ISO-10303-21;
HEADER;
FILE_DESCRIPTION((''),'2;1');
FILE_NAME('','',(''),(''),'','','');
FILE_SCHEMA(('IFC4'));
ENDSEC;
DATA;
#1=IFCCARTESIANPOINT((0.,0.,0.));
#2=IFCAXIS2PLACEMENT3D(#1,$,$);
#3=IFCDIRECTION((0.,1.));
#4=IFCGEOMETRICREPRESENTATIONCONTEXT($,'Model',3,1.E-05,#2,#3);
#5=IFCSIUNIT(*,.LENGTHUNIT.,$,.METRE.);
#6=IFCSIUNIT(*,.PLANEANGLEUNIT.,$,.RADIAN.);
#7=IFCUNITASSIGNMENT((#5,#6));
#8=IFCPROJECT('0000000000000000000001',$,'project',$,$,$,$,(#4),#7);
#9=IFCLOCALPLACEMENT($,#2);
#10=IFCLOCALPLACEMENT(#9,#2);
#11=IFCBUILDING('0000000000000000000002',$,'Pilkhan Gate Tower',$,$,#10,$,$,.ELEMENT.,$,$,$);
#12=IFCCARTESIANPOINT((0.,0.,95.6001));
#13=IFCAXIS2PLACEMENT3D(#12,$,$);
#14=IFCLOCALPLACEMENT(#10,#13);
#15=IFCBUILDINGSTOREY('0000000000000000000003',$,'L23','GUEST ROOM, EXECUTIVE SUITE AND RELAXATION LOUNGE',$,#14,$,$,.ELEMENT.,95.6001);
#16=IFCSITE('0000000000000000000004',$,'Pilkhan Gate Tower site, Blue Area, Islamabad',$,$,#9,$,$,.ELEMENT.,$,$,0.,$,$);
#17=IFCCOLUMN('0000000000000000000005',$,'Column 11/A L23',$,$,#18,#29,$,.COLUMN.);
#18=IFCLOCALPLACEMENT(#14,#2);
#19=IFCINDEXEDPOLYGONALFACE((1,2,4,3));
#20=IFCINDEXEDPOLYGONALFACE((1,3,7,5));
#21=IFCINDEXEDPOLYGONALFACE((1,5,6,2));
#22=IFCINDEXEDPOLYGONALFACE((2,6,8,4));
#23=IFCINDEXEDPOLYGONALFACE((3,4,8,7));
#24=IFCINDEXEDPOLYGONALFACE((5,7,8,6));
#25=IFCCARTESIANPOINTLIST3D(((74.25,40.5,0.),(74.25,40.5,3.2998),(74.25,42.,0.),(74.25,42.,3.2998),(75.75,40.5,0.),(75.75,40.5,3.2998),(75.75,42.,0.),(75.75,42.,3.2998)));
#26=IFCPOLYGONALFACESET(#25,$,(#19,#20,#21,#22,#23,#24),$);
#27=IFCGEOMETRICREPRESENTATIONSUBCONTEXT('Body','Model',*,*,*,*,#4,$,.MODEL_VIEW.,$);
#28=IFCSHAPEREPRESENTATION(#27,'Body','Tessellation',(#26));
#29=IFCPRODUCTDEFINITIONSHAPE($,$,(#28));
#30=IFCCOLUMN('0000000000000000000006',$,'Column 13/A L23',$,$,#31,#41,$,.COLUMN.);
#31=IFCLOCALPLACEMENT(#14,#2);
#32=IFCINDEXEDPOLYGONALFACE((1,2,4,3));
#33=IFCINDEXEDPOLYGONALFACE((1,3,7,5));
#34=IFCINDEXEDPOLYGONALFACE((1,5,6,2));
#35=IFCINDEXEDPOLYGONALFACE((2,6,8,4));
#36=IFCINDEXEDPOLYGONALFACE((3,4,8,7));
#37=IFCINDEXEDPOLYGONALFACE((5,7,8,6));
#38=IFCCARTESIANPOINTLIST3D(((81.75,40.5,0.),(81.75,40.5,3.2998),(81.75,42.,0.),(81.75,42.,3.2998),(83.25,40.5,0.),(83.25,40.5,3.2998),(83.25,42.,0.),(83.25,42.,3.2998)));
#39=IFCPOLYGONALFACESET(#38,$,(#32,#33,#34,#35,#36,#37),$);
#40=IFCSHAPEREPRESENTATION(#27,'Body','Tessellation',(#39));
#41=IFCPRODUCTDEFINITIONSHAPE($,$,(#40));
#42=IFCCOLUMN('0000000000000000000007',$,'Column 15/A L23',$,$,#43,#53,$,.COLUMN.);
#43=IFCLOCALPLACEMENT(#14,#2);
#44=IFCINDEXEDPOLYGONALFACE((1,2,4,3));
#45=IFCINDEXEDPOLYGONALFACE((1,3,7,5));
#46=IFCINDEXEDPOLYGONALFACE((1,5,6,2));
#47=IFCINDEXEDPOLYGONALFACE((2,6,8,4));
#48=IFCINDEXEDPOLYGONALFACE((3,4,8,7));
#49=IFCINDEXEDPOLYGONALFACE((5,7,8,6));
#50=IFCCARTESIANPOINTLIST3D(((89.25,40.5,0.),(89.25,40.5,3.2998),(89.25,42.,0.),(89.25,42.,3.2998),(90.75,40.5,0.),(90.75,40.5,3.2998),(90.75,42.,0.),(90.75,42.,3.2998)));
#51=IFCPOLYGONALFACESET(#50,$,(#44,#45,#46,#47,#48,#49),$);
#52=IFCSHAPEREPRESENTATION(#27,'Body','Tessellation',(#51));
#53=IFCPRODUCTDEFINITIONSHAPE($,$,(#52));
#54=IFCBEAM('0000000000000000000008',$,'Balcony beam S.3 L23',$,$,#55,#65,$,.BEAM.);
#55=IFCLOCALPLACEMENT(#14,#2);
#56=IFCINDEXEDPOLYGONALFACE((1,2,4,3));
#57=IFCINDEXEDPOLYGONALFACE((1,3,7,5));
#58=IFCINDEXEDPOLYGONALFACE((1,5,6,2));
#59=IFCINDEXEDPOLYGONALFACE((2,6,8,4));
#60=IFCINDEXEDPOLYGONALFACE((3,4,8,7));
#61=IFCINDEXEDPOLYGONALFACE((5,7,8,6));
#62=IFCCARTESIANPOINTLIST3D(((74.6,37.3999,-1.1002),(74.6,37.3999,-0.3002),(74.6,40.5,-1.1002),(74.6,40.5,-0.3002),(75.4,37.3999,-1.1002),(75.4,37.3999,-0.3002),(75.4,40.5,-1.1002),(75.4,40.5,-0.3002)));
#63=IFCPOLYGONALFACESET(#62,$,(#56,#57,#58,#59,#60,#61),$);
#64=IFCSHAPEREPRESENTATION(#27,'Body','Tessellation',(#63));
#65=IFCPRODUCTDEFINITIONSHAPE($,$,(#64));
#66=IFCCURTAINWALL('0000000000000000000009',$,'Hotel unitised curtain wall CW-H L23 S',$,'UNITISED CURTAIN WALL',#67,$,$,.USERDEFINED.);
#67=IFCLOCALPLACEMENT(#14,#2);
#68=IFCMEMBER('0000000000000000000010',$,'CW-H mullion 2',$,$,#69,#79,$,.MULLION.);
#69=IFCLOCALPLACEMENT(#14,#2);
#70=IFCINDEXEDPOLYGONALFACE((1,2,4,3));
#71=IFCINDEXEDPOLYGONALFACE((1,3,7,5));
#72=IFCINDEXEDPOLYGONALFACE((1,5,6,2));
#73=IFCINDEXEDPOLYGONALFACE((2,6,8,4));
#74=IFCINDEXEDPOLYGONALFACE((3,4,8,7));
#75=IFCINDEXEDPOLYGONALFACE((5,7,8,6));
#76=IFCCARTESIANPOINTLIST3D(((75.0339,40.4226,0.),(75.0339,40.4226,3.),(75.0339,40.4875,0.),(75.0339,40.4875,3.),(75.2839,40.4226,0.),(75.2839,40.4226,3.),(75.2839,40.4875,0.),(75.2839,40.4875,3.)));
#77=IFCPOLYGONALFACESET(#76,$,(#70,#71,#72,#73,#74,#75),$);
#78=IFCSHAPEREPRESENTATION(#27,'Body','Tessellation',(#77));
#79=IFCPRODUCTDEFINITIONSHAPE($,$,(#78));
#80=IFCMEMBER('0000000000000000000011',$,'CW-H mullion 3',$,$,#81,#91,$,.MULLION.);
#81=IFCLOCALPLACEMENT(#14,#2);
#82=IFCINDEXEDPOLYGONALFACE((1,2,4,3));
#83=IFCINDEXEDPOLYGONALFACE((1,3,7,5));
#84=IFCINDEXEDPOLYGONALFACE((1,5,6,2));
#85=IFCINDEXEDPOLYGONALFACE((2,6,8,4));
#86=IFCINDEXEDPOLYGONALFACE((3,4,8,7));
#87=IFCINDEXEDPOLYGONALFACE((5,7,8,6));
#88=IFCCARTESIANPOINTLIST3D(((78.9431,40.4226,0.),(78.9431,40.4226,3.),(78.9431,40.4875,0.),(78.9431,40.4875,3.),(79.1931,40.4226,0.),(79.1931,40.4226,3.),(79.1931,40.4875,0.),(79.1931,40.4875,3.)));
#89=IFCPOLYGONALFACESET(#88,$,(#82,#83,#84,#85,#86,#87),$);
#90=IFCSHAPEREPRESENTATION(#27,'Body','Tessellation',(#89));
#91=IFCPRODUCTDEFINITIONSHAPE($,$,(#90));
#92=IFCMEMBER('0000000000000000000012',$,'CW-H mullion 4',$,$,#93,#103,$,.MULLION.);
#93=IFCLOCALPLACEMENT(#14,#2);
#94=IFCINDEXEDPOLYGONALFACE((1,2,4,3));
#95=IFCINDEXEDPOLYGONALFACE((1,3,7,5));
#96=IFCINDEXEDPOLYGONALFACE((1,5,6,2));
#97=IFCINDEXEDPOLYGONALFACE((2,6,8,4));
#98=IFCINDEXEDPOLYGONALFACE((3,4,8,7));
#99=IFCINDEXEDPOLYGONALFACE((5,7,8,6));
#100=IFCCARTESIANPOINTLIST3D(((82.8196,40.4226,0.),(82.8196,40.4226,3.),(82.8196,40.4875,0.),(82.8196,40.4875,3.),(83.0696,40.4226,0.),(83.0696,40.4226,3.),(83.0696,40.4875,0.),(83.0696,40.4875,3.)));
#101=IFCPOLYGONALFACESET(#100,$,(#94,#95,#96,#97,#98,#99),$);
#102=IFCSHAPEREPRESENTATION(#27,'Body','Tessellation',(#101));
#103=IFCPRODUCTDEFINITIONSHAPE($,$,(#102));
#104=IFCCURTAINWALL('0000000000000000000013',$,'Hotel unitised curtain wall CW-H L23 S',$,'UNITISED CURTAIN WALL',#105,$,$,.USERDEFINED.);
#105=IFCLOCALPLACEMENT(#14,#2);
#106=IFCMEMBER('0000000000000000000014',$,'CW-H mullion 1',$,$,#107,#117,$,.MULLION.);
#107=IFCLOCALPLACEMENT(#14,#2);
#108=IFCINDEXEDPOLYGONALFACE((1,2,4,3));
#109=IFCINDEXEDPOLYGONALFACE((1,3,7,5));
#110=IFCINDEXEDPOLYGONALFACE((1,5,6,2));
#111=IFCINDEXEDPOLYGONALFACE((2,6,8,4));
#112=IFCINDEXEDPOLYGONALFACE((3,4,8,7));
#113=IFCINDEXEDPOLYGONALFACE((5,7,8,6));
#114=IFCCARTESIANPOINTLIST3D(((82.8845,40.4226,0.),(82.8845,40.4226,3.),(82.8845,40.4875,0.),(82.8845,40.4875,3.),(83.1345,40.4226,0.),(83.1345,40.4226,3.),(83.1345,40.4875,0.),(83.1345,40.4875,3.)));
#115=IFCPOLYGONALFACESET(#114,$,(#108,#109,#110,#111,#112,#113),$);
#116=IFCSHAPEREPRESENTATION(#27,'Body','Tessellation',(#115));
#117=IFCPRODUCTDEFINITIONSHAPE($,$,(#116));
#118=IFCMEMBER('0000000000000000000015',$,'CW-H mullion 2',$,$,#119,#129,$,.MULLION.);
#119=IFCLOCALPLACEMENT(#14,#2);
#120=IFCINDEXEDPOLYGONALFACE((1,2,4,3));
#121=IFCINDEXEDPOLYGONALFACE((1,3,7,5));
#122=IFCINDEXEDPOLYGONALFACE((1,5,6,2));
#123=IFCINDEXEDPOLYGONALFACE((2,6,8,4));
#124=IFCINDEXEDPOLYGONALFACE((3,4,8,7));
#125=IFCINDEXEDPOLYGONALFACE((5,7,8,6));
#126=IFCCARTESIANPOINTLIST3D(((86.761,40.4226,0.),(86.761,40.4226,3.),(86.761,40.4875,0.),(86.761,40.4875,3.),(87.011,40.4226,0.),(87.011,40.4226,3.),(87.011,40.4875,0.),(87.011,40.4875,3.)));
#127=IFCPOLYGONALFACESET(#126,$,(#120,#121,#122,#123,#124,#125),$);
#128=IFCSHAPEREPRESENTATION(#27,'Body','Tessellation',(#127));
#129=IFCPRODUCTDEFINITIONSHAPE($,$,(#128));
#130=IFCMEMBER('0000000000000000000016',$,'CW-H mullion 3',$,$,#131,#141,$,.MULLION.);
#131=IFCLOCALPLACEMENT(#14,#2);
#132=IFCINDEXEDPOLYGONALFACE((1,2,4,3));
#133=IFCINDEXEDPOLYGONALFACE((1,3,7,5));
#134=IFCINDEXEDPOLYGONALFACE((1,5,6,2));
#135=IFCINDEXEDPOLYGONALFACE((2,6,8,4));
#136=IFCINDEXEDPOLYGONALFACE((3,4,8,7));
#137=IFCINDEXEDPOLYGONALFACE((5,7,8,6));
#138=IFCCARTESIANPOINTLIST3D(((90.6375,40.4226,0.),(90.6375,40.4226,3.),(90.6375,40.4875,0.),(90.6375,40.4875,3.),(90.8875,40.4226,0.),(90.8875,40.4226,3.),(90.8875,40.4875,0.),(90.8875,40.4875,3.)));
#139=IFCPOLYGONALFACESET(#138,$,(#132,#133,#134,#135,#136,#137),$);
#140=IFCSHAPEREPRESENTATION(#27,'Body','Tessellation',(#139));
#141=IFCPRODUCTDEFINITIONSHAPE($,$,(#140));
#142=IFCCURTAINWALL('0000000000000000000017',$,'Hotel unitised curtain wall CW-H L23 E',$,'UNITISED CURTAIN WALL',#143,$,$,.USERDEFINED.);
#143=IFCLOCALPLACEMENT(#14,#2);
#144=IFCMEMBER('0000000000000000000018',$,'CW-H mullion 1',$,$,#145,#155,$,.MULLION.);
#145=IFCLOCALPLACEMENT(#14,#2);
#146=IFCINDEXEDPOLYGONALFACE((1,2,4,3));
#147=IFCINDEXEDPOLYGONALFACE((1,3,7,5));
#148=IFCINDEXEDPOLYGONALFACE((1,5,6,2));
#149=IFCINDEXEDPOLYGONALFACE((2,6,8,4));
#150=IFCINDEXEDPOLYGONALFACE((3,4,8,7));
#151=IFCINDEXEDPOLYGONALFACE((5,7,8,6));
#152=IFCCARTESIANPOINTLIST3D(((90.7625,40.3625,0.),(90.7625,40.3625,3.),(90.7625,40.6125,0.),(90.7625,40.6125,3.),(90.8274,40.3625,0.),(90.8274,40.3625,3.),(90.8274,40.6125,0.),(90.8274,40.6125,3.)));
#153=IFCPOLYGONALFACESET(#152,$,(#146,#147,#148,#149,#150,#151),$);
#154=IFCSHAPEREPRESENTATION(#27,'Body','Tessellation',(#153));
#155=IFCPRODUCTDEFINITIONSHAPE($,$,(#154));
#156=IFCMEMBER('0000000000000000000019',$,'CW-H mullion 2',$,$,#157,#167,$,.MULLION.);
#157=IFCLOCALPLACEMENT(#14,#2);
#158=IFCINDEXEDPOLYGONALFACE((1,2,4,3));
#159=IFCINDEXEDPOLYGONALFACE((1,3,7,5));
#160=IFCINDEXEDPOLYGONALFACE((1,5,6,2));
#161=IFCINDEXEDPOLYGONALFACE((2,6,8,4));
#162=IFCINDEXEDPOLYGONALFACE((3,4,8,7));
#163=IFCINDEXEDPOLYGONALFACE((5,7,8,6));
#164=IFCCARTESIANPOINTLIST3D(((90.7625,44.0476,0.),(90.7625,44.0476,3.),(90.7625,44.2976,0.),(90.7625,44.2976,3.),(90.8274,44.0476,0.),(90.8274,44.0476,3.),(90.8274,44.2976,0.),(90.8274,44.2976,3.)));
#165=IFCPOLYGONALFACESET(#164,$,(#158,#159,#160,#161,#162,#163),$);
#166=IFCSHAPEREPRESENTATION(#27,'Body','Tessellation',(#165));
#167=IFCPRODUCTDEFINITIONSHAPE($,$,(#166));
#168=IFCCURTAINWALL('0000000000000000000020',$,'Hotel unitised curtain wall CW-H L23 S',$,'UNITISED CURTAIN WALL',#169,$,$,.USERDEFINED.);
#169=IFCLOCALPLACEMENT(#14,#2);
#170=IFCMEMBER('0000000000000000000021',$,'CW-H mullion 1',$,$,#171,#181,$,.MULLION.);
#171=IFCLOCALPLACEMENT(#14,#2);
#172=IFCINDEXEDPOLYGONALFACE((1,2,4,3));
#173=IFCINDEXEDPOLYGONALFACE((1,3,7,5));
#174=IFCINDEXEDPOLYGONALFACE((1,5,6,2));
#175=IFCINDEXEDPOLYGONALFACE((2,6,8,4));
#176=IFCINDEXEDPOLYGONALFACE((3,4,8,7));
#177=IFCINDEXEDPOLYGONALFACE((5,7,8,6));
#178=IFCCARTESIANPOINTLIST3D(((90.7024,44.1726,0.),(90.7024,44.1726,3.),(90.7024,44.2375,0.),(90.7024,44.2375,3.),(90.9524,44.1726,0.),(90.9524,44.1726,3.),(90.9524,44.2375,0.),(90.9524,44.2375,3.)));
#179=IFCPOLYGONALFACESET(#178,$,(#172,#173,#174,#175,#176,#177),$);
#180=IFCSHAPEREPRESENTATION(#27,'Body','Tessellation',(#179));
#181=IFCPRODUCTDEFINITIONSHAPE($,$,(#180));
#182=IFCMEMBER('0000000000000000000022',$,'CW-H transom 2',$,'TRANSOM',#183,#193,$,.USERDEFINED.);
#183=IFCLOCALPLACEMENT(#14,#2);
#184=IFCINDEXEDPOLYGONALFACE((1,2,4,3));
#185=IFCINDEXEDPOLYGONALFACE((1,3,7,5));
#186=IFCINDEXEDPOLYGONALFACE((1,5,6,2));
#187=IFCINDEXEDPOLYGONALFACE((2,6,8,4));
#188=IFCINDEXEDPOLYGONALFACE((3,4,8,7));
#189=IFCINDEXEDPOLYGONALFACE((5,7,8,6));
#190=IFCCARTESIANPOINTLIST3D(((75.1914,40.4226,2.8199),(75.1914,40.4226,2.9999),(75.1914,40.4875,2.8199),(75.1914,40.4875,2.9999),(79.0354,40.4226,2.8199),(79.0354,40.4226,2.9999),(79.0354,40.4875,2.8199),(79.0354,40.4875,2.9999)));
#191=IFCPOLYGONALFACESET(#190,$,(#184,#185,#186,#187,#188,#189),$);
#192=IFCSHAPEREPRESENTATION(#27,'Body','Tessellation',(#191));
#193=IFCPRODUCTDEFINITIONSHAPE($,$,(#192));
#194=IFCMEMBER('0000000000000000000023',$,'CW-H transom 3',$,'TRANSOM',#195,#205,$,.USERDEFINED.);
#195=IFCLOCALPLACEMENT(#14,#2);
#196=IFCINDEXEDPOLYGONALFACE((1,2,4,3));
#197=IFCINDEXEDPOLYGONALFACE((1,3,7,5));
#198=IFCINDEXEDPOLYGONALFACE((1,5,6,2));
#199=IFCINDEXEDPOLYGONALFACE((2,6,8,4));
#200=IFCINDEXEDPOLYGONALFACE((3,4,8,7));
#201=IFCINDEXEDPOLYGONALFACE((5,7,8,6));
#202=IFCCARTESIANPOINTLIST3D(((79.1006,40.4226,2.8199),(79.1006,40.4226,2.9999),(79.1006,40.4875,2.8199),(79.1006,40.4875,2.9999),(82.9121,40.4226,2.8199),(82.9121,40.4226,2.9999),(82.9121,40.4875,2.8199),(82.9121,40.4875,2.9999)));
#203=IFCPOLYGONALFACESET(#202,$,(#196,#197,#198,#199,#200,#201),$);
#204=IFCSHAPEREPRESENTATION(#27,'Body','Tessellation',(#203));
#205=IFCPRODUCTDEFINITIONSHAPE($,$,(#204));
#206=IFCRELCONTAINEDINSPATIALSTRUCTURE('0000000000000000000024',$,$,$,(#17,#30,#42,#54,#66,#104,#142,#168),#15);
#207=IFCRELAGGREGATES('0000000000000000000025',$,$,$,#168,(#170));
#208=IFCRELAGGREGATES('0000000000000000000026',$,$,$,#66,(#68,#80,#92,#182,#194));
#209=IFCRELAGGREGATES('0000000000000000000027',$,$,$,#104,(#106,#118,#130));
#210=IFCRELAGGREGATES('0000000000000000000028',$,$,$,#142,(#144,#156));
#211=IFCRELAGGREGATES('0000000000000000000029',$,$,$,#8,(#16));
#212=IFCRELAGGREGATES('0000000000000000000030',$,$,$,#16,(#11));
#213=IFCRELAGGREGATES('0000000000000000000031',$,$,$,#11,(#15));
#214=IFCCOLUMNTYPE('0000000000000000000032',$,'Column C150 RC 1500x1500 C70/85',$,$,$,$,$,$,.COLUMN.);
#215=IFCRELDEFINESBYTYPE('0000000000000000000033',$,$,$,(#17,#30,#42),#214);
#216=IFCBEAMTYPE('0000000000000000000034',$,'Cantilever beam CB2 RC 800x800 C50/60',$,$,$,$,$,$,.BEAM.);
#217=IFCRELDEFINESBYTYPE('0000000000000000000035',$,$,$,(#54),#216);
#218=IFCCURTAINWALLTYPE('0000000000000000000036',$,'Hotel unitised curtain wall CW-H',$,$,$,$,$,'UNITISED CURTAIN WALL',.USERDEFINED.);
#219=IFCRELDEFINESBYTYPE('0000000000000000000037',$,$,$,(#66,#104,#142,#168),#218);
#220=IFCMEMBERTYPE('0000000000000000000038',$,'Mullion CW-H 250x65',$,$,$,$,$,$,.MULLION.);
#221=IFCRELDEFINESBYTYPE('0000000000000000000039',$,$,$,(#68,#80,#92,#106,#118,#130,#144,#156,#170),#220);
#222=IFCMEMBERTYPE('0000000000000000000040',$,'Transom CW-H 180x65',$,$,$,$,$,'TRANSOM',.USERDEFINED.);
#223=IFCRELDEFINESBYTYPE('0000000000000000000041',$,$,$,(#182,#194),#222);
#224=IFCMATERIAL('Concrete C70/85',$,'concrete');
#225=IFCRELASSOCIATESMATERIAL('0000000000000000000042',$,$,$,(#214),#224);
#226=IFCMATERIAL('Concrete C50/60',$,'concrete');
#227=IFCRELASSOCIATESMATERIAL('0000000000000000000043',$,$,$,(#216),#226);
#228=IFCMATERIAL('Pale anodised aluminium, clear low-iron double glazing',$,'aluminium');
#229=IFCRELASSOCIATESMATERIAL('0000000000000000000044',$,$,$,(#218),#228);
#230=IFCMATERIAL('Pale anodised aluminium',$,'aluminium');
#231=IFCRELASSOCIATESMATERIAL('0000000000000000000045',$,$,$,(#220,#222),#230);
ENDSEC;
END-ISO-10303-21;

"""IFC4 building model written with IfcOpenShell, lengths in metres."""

from ifc_helpers import new_model, si_unit, direction, frame, origin, origin_2d, place, context, subcontext, project, spatial, rectangle, extrude, material, material_profile, profile_set, type_object, element, aggregate, save


model = new_model("IFC4")

# Units and contexts
model_context = context("Model", 3, precision=1e-05, world=origin(), true_north=direction((0.0, 1.0)))
body_context = subcontext(model_context, "Body", "Model", "MODEL_VIEW")
ifc_project = project(units=[si_unit("LENGTHUNIT", "METRE"), si_unit("PLANEANGLEUNIT", "RADIAN")], contexts=[model_context])

# Site, building, storey
site_placement = place(None, origin())
site = spatial("IfcSite", under=ifc_project, at=site_placement, Name="Pilkhan Gate Tower site, Blue Area, Islamabad", CompositionType="ELEMENT", RefElevation=0.0)
building_placement = place(site_placement, origin())
building = spatial("IfcBuilding", under=site, at=building_placement, Name="Pilkhan Gate Tower", CompositionType="ELEMENT")
storey_placement = place(building_placement, frame((0.0, 0.0, 95.6001)))
storey = spatial("IfcBuildingStorey", under=building, at=storey_placement, Name="L23", Description="GUEST ROOM, EXECUTIVE SUITE AND RELAXATION LOUNGE", CompositionType="ELEMENT", Elevation=95.6001)

# Columns
ifc_material_1 = material(Name="Concrete C70/85", Category="concrete")
ifc_material_profile_1 = material_profile(ifc_material_1, rectangle(XDim=1.5, YDim=1.5, at=origin_2d()), Name="RC 1500x1500")
ifc_profile_set_1 = profile_set([ifc_material_profile_1], Name="Concrete C70/85")
column_type = type_object("IfcColumnType", Name="Column C150 RC 1500x1500 C70/85", PredefinedType="COLUMN", material=ifc_profile_set_1)
for number, where, z_axis, x_axis, name in (
    (1, (75.0, 41.25, 0.0), (0.0, 0.0, 1.0), (1.0, 0.0, 0.0), "Column 11/A L23"),
    (2, (82.5, 41.25, 0.0), (0.0, 0.0, 1.0), (1.0, 0.0, 0.0), "Column 13/A L23"),
    (3, (90.0, 41.25, 0.0), (0.0, 0.0, 1.0), (1.0, 0.0, 0.0), "Column 15/A L23"),
):
    element("IfcColumn", number, at=place(storey_placement, frame(where, z_axis=z_axis, x_axis=x_axis)), inside=storey, type_object=column_type, Name=name, PredefinedType="COLUMN", context=body_context, shape_type="SweptSolid", body=[
        extrude(rectangle(XDim=1.5, YDim=1.5, at=origin_2d()), origin(), (0.0, 0.0, 1.0), 3.2998),
    ])

# Beam
ifc_material_2 = material(Name="Concrete C50/60", Category="concrete")
ifc_material_profile_2 = material_profile(ifc_material_2, rectangle(XDim=0.8, YDim=0.8, at=origin_2d()), Name="RC 800x800")
ifc_profile_set_2 = profile_set([ifc_material_profile_2], Name="Concrete C50/60")
beam_type = type_object("IfcBeamType", Name="Cantilever beam CB2 RC 800x800 C50/60", PredefinedType="BEAM", material=ifc_profile_set_2)
beam_placement = place(storey_placement, frame((75.0, 40.5, -0.7002), z_axis=(0.0, -1.0, 0.0), x_axis=(1.0, 0.0, 0.0)))
element("IfcBeam", 4, at=beam_placement, inside=storey, type_object=beam_type, Name="Balcony beam S.3 L23", PredefinedType="BEAM", context=body_context, shape_type="SweptSolid", body=[
    extrude(rectangle(XDim=0.8, YDim=0.8, at=origin_2d()), origin(), (0.0, 0.0, 1.0), 3.1001),
])

# Curtain walls, members
ifc_material_3 = material(Name="Pale anodised aluminium, clear low-iron double glazing", Category="aluminium")
curtain_wall_type = type_object("IfcCurtainWallType", Name="Hotel unitised curtain wall CW-H", ElementType="UNITISED CURTAIN WALL", PredefinedType="USERDEFINED", material=ifc_material_3)
curtain_wall_1_placement = place(storey_placement, origin())
curtain_wall_1 = element("IfcCurtainWall", 5, at=curtain_wall_1_placement, inside=storey, type_object=curtain_wall_type, Name="Hotel unitised curtain wall CW-H L23 S", ObjectType="UNITISED CURTAIN WALL", PredefinedType="USERDEFINED")
ifc_material_4 = material(Name="Pale anodised aluminium", Category="aluminium")
ifc_material_profile_3 = material_profile(ifc_material_4, rectangle(XDim=0.0649, YDim=0.25, at=origin_2d()), Name="Mullion 250x65")
ifc_profile_set_3 = profile_set([ifc_material_profile_3], Name="Pale anodised aluminium")
member_type_1 = type_object("IfcMemberType", Name="Mullion CW-H 250x65", PredefinedType="MULLION", material=ifc_profile_set_3)
member_1_placement = place(storey_placement, frame((75.1589, 40.4551, 0.0), z_axis=(0.0, 0.0, 1.0), x_axis=(0.0, 1.0, 0.0)))
member_1 = element("IfcMember", 6, at=member_1_placement, type_object=member_type_1, Name="CW-H mullion 2", PredefinedType="MULLION", context=body_context, shape_type="SweptSolid", body=[
    extrude(rectangle(XDim=0.0649, YDim=0.25, at=origin_2d()), origin(), (0.0, 0.0, 1.0), 3.0),
])
member_2_placement = place(storey_placement, frame((79.0681, 40.4551, 0.0), z_axis=(0.0, 0.0, 1.0), x_axis=(0.0, 1.0, 0.0)))
member_2 = element("IfcMember", 7, at=member_2_placement, type_object=member_type_1, Name="CW-H mullion 3", PredefinedType="MULLION", context=body_context, shape_type="SweptSolid", body=[
    extrude(rectangle(XDim=0.0649, YDim=0.25, at=origin_2d()), origin(), (0.0, 0.0, 1.0), 3.0),
])
member_3_placement = place(storey_placement, frame((82.9446, 40.4551, 0.0), z_axis=(0.0, 0.0, 1.0), x_axis=(0.0, 1.0, 0.0)))
member_3 = element("IfcMember", 8, at=member_3_placement, type_object=member_type_1, Name="CW-H mullion 4", PredefinedType="MULLION", context=body_context, shape_type="SweptSolid", body=[
    extrude(rectangle(XDim=0.0649, YDim=0.25, at=origin_2d()), origin(), (0.0, 0.0, 1.0), 3.0),
])
curtain_wall_2_placement = place(storey_placement, origin())
curtain_wall_2 = element("IfcCurtainWall", 9, at=curtain_wall_2_placement, inside=storey, type_object=curtain_wall_type, Name="Hotel unitised curtain wall CW-H L23 S", ObjectType="UNITISED CURTAIN WALL", PredefinedType="USERDEFINED")
member_4_placement = place(storey_placement, frame((83.0095, 40.4551, 0.0), z_axis=(0.0, 0.0, 1.0), x_axis=(0.0, 1.0, 0.0)))
member_4 = element("IfcMember", 10, at=member_4_placement, type_object=member_type_1, Name="CW-H mullion 1", PredefinedType="MULLION", context=body_context, shape_type="SweptSolid", body=[
    extrude(rectangle(XDim=0.0649, YDim=0.25, at=origin_2d()), origin(), (0.0, 0.0, 1.0), 3.0),
])
member_5_placement = place(storey_placement, frame((86.886, 40.4551, 0.0), z_axis=(0.0, 0.0, 1.0), x_axis=(0.0, 1.0, 0.0)))
member_5 = element("IfcMember", 11, at=member_5_placement, type_object=member_type_1, Name="CW-H mullion 2", PredefinedType="MULLION", context=body_context, shape_type="SweptSolid", body=[
    extrude(rectangle(XDim=0.0649, YDim=0.25, at=origin_2d()), origin(), (0.0, 0.0, 1.0), 3.0),
])
member_6_placement = place(storey_placement, frame((90.7625, 40.4551, 0.0), z_axis=(0.0, 0.0, 1.0), x_axis=(0.0, 1.0, 0.0)))
member_6 = element("IfcMember", 12, at=member_6_placement, type_object=member_type_1, Name="CW-H mullion 3", PredefinedType="MULLION", context=body_context, shape_type="SweptSolid", body=[
    extrude(rectangle(XDim=0.0649, YDim=0.25, at=origin_2d()), origin(), (0.0, 0.0, 1.0), 3.0),
])
curtain_wall_3_placement = place(storey_placement, origin())
curtain_wall_3 = element("IfcCurtainWall", 13, at=curtain_wall_3_placement, inside=storey, type_object=curtain_wall_type, Name="Hotel unitised curtain wall CW-H L23 E", ObjectType="UNITISED CURTAIN WALL", PredefinedType="USERDEFINED")
member_7_placement = place(storey_placement, frame((90.7949, 40.4875, 0.0), z_axis=(0.0, 0.0, 1.0), x_axis=(-1.0, 0.0, 0.0)))
member_7 = element("IfcMember", 14, at=member_7_placement, type_object=member_type_1, Name="CW-H mullion 1", PredefinedType="MULLION", context=body_context, shape_type="SweptSolid", body=[
    extrude(rectangle(XDim=0.0649, YDim=0.25, at=origin_2d()), origin(), (0.0, 0.0, 1.0), 3.0),
])
member_8_placement = place(storey_placement, frame((90.7949, 44.1726, 0.0), z_axis=(0.0, 0.0, 1.0), x_axis=(-1.0, 0.0, 0.0)))
member_8 = element("IfcMember", 15, at=member_8_placement, type_object=member_type_1, Name="CW-H mullion 2", PredefinedType="MULLION", context=body_context, shape_type="SweptSolid", body=[
    extrude(rectangle(XDim=0.0649, YDim=0.25, at=origin_2d()), origin(), (0.0, 0.0, 1.0), 3.0),
])

# Curtain wall, member
curtain_wall_4_placement = place(storey_placement, origin())
curtain_wall_4 = element("IfcCurtainWall", 16, at=curtain_wall_4_placement, inside=storey, type_object=curtain_wall_type, Name="Hotel unitised curtain wall CW-H L23 S", ObjectType="UNITISED CURTAIN WALL", PredefinedType="USERDEFINED")
member_9_placement = place(storey_placement, frame((90.8274, 44.2051, 0.0), z_axis=(0.0, 0.0, 1.0), x_axis=(0.0, 1.0, 0.0)))
member_9 = element("IfcMember", 17, at=member_9_placement, type_object=member_type_1, Name="CW-H mullion 1", PredefinedType="MULLION", context=body_context, shape_type="SweptSolid", body=[
    extrude(rectangle(XDim=0.0649, YDim=0.25, at=origin_2d()), origin(), (0.0, 0.0, 1.0), 3.0),
])

# Members
ifc_material_profile_4 = material_profile(ifc_material_4, rectangle(XDim=0.0649, YDim=0.1799, at=origin_2d()), Name="Transom 180x65")
ifc_profile_set_4 = profile_set([ifc_material_profile_4], Name="Pale anodised aluminium")
member_type_2 = type_object("IfcMemberType", Name="Transom CW-H 180x65", ElementType="TRANSOM", PredefinedType="USERDEFINED", material=ifc_profile_set_4)
member_10_placement = place(storey_placement, frame((75.1914, 40.4551, 2.9099), z_axis=(1.0, 0.0, 0.0), x_axis=(0.0, 1.0, 0.0)))
member_10 = element("IfcMember", 18, at=member_10_placement, type_object=member_type_2, Name="CW-H transom 2", ObjectType="TRANSOM", PredefinedType="USERDEFINED", context=body_context, shape_type="SweptSolid", body=[
    extrude(rectangle(XDim=0.0649, YDim=0.1799, at=origin_2d()), origin(), (0.0, 0.0, 1.0), 3.844),
])
member_11_placement = place(storey_placement, frame((79.1006, 40.4551, 2.9099), z_axis=(1.0, 0.0, 0.0), x_axis=(0.0, 1.0, 0.0)))
member_11 = element("IfcMember", 19, at=member_11_placement, type_object=member_type_2, Name="CW-H transom 3", ObjectType="TRANSOM", PredefinedType="USERDEFINED", context=body_context, shape_type="SweptSolid", body=[
    extrude(rectangle(XDim=0.0649, YDim=0.1799, at=origin_2d()), origin(), (0.0, 0.0, 1.0), 3.8115),
])
aggregate(curtain_wall_4, [member_9])

aggregate(curtain_wall_1, [member_1, member_2, member_3, member_10, member_11])
aggregate(curtain_wall_2, [member_4, member_5, member_6])
aggregate(curtain_wall_3, [member_7, member_8])

save(model, "model.ifc")
